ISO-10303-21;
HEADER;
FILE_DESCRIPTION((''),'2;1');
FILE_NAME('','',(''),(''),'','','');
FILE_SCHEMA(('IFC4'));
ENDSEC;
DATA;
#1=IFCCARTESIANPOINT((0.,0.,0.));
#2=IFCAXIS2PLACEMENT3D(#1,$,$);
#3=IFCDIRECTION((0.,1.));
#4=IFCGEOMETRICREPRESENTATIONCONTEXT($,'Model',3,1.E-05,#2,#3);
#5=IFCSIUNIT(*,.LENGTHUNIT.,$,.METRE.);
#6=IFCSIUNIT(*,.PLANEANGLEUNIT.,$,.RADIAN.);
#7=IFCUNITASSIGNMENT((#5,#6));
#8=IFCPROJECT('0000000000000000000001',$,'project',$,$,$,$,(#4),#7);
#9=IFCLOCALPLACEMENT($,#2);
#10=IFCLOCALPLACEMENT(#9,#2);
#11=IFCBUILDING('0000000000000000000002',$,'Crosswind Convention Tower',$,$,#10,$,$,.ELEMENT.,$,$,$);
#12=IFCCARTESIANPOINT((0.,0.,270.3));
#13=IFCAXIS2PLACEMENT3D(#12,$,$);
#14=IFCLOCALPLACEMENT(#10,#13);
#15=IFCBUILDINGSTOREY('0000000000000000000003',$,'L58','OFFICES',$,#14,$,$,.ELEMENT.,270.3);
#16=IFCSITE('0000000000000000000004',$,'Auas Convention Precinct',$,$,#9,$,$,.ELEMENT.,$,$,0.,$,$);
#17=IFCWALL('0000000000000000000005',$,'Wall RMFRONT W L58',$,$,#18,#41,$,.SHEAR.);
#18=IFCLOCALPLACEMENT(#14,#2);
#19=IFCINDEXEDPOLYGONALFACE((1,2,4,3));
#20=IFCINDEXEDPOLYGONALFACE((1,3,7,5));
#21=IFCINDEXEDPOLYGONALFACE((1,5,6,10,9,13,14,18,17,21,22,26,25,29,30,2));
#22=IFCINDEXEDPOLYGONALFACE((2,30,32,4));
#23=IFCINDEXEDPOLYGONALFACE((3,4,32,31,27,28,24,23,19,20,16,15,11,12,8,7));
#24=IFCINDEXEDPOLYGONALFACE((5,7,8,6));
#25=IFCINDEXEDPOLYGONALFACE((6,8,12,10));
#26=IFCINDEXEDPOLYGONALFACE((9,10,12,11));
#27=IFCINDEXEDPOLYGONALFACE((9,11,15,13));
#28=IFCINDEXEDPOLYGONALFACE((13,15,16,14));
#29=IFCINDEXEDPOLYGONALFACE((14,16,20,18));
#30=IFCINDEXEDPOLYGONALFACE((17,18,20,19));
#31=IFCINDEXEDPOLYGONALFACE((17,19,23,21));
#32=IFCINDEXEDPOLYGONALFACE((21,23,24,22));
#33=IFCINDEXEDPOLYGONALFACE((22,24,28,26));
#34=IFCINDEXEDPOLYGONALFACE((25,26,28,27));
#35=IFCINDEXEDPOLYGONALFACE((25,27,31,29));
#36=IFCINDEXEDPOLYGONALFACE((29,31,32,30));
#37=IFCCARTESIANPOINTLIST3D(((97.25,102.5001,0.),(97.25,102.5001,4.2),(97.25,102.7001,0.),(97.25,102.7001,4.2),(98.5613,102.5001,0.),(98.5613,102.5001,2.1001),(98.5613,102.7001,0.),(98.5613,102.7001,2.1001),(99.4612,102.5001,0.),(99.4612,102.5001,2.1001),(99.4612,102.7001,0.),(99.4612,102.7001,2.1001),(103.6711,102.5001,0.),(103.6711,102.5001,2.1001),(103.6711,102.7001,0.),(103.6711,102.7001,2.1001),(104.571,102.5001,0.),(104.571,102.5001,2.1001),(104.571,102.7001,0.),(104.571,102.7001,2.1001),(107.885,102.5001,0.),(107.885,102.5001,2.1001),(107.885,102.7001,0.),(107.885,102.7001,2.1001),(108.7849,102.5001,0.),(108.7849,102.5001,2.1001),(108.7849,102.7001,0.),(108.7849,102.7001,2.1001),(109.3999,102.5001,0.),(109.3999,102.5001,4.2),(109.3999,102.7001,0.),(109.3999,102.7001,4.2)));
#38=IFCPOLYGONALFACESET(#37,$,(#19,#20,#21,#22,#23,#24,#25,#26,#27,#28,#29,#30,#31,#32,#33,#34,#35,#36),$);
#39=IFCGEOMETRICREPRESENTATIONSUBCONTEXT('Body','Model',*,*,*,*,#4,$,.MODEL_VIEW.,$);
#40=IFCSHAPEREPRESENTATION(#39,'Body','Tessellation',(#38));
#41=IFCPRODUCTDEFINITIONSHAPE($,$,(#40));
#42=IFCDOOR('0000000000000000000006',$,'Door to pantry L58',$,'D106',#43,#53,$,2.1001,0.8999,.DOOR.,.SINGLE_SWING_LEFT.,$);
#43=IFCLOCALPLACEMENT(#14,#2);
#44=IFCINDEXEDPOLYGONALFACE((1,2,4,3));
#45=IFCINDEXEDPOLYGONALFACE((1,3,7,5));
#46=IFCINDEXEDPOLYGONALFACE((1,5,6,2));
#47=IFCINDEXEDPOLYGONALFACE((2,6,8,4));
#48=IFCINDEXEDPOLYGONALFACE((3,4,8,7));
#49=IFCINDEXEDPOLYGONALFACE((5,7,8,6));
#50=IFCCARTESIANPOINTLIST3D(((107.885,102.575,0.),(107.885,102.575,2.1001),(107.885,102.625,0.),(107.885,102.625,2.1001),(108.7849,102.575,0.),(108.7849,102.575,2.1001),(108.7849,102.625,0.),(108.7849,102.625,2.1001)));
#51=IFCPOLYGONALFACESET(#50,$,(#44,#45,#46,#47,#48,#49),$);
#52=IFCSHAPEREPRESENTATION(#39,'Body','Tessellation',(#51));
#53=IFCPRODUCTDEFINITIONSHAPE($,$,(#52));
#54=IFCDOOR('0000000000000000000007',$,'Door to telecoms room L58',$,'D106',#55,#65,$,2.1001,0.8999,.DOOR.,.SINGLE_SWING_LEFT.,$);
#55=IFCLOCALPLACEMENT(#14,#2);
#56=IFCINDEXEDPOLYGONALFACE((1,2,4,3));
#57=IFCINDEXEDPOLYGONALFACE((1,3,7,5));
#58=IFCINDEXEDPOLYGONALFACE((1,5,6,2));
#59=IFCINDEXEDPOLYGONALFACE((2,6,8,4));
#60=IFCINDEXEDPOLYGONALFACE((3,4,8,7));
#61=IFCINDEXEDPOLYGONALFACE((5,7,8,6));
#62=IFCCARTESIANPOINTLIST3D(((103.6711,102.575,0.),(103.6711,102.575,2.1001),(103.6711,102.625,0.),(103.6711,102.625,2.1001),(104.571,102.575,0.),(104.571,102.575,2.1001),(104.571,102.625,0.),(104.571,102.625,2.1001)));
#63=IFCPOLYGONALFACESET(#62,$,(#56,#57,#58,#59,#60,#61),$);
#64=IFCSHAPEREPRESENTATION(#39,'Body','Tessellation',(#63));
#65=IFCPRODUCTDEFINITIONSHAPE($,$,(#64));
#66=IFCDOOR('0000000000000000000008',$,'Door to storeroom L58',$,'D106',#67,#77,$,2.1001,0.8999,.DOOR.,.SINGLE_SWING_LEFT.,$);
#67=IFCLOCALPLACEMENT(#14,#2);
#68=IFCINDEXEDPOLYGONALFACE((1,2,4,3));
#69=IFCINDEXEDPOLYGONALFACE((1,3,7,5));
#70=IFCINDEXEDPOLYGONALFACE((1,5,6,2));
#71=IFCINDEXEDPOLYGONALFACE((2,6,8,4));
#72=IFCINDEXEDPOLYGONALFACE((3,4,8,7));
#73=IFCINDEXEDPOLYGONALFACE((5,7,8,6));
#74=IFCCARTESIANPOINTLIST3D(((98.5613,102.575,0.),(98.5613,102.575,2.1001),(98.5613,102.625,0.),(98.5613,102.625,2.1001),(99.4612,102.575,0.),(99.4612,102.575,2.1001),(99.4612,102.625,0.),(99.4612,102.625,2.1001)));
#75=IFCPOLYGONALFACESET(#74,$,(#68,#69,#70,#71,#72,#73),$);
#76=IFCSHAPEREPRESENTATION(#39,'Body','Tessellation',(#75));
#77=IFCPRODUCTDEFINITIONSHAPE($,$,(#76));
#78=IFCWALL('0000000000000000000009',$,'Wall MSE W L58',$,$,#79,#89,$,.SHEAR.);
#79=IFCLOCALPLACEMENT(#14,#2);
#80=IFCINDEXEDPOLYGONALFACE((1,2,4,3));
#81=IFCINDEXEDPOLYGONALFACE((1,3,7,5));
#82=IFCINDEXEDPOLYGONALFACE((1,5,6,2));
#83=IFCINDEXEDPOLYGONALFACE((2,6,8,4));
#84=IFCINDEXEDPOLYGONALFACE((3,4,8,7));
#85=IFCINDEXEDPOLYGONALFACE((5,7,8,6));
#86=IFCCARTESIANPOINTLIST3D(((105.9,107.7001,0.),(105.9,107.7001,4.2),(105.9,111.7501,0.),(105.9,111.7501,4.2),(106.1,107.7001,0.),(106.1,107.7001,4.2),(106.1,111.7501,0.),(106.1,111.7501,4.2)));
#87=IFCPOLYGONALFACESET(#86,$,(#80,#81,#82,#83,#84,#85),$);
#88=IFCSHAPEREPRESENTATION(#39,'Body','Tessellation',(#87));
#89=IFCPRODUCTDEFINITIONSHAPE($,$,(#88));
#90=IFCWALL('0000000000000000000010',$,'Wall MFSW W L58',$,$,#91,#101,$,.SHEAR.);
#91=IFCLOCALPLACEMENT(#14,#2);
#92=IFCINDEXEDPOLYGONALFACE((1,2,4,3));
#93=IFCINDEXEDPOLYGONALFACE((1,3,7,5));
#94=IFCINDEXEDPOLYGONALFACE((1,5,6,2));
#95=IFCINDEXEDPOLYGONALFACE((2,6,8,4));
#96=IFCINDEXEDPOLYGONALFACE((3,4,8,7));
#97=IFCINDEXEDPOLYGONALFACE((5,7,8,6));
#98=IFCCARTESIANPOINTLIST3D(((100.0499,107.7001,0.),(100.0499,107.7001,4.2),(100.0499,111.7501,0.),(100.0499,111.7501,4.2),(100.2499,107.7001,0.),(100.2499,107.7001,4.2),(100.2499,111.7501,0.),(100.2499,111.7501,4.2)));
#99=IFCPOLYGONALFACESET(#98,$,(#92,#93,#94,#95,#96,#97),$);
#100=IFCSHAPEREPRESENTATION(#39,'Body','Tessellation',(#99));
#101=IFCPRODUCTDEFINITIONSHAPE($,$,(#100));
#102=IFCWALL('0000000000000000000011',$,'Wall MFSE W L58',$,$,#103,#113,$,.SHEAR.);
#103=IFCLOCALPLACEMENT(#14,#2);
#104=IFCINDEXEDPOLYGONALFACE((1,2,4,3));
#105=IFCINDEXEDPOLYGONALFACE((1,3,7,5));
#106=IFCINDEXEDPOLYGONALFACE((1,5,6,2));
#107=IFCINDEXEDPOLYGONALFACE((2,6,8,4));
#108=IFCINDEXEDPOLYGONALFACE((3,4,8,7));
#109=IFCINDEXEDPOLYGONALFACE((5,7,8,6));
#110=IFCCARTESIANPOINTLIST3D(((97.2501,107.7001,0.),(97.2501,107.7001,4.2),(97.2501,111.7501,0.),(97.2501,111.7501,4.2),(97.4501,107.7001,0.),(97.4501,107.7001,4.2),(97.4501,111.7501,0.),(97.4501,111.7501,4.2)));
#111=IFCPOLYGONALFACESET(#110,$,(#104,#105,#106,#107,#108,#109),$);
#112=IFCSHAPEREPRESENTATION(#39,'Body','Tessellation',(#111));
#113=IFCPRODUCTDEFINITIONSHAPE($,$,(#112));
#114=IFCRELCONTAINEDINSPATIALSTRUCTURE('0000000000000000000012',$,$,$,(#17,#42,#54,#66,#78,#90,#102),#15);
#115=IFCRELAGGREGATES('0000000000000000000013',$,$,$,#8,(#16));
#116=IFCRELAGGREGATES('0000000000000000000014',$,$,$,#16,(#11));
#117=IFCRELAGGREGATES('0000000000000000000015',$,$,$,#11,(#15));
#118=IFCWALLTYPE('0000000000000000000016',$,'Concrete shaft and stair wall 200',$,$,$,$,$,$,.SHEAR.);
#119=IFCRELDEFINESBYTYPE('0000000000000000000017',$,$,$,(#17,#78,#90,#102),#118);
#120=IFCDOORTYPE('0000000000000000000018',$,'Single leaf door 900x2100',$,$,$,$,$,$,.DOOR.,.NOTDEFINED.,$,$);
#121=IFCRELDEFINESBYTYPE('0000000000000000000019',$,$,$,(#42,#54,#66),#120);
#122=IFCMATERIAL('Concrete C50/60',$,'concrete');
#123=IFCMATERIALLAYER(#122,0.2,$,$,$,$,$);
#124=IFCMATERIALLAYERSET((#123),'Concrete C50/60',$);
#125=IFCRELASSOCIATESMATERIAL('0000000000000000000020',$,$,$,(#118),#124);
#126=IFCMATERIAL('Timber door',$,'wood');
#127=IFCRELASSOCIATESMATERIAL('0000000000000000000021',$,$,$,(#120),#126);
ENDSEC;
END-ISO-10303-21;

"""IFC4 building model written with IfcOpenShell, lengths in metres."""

from ifc_helpers import new_model, si_unit, direction, frame, frame_2d, origin, place, context, subcontext, project, spatial, rectangle, extrude, material, layer, layer_set, type_object, element, fill, save


model = new_model("IFC4")

# Units and contexts
model_context = context("Model", 3, precision=1e-05, world=origin(), true_north=direction((0.0, 1.0)))
body_context = subcontext(model_context, "Body", "Model", "MODEL_VIEW")
ifc_project = project(units=[si_unit("LENGTHUNIT", "METRE"), si_unit("PLANEANGLEUNIT", "RADIAN")], contexts=[model_context])

# Site, building, storey
site_placement = place(None, origin())
site = spatial("IfcSite", under=ifc_project, at=site_placement, Name="Auas Convention Precinct", CompositionType="ELEMENT", RefElevation=0.0)
building_placement = place(site_placement, origin())
building = spatial("IfcBuilding", under=site, at=building_placement, Name="Crosswind Convention Tower", CompositionType="ELEMENT")
storey_placement = place(building_placement, frame((0.0, 0.0, 270.3)))
storey = spatial("IfcBuildingStorey", under=building, at=storey_placement, Name="L58", Description="OFFICES", CompositionType="ELEMENT", Elevation=270.3)

# Shared definitions
ifc_material_1 = material(Name="Concrete C50/60", Category="concrete")
ifc_layer_1 = layer(ifc_material_1, 0.2)
ifc_layer_set_1 = layer_set([ifc_layer_1], Name="Concrete C50/60")
wall_type_1 = type_object("IfcWallType", Name="Concrete shaft and stair wall 200", PredefinedType="SHEAR", material=ifc_layer_set_1)

# Wall, openings, doors
wall_1_placement = place(storey_placement, frame((109.3999, 102.6001, 0.0), z_axis=(0.0, 0.0, 1.0), x_axis=(-1.0, 0.0, 0.0)))
wall_1 = element("IfcWall", 1, at=wall_1_placement, inside=storey, type_object=wall_type_1, Name="Wall RMFRONT W L58", PredefinedType="SHEAR", context=body_context, shape_type="SweptSolid", body=[
    extrude(rectangle(XDim=12.1499, YDim=0.2, at=frame_2d((6.075, 0.0))), origin(), (0.0, 0.0, 1.0), 4.2),
])
opening_1_placement = place(wall_1_placement, frame((0.615, 0.0, 0.0)))
opening_1 = element("IfcOpeningElement", 2, at=opening_1_placement, cuts=wall_1, PredefinedType="OPENING", context=body_context, shape_type="SweptSolid", body=[
    extrude(rectangle(XDim=0.8999, YDim=2.1001, at=frame_2d((0.45, 1.05))), frame((0.0, 0.1099, 0.0), z_axis=(0.0, -1.0, 0.0), x_axis=(1.0, 0.0, 0.0)), (0.0, 0.0, 1.0), 0.22),
])
opening_2_placement = place(wall_1_placement, frame((4.8289, 0.0, 0.0)))
opening_2 = element("IfcOpeningElement", 3, at=opening_2_placement, cuts=wall_1, PredefinedType="OPENING", context=body_context, shape_type="SweptSolid", body=[
    extrude(rectangle(XDim=0.8999, YDim=2.1001, at=frame_2d((0.45, 1.05))), frame((0.0, 0.1099, 0.0), z_axis=(0.0, -1.0, 0.0), x_axis=(1.0, 0.0, 0.0)), (0.0, 0.0, 1.0), 0.22),
])
opening_3_placement = place(wall_1_placement, frame((9.9387, 0.0, 0.0)))
opening_3 = element("IfcOpeningElement", 4, at=opening_3_placement, cuts=wall_1, PredefinedType="OPENING", context=body_context, shape_type="SweptSolid", body=[
    extrude(rectangle(XDim=0.8999, YDim=2.1001, at=frame_2d((0.45, 1.05))), frame((0.0, 0.1099, 0.0), z_axis=(0.0, -1.0, 0.0), x_axis=(1.0, 0.0, 0.0)), (0.0, 0.0, 1.0), 0.22),
])
ifc_material_2 = material(Name="Timber door", Category="wood")
door_type_1 = type_object("IfcDoorType", Name="Single leaf door 900x2100", OperationType="NOTDEFINED", PredefinedType="DOOR", material=ifc_material_2)
door_1_placement = place(opening_1_placement, frame((0.8999, 0.0, 0.0), z_axis=(0.0, 0.0, 1.0), x_axis=(-1.0, 0.0, 0.0)))
door_1 = element("IfcDoor", 5, at=door_1_placement, inside=storey, type_object=door_type_1, Name="Door to pantry L58", ObjectType="D106", OperationType="SINGLE_SWING_LEFT", OverallHeight=2.1001, OverallWidth=0.8999, PredefinedType="DOOR", context=body_context, shape_type="SweptSolid", body=[
    extrude(rectangle(XDim=0.8999, YDim=2.1001, at=frame_2d((0.45, 1.05))), frame((0.0, 0.0249, 0.0), z_axis=(0.0, -1.0, 0.0), x_axis=(1.0, 0.0, 0.0)), (0.0, 0.0, 1.0), 0.05),
])
fill(opening_1, door_1)
door_2_placement = place(opening_2_placement, frame((0.8999, 0.0, 0.0), z_axis=(0.0, 0.0, 1.0), x_axis=(-1.0, 0.0, 0.0)))
door_2 = element("IfcDoor", 6, at=door_2_placement, inside=storey, type_object=door_type_1, Name="Door to telecoms room L58", ObjectType="D106", OperationType="SINGLE_SWING_LEFT", OverallHeight=2.1001, OverallWidth=0.8999, PredefinedType="DOOR", context=body_context, shape_type="SweptSolid", body=[
    extrude(rectangle(XDim=0.8999, YDim=2.1001, at=frame_2d((0.45, 1.05))), frame((0.0, 0.0249, 0.0), z_axis=(0.0, -1.0, 0.0), x_axis=(1.0, 0.0, 0.0)), (0.0, 0.0, 1.0), 0.05),
])
fill(opening_2, door_2)
door_3_placement = place(opening_3_placement, frame((0.8999, 0.0, 0.0), z_axis=(0.0, 0.0, 1.0), x_axis=(-1.0, 0.0, 0.0)))
door_3 = element("IfcDoor", 7, at=door_3_placement, inside=storey, type_object=door_type_1, Name="Door to storeroom L58", ObjectType="D106", OperationType="SINGLE_SWING_LEFT", OverallHeight=2.1001, OverallWidth=0.8999, PredefinedType="DOOR", context=body_context, shape_type="SweptSolid", body=[
    extrude(rectangle(XDim=0.8999, YDim=2.1001, at=frame_2d((0.45, 1.05))), frame((0.0, 0.0249, 0.0), z_axis=(0.0, -1.0, 0.0), x_axis=(1.0, 0.0, 0.0)), (0.0, 0.0, 1.0), 0.05),
])
fill(opening_3, door_3)

# Walls
for number, where, z_axis, x_axis, name in (
    (8, (106.0, 111.75, 0.0), (0.0, 0.0, 1.0), (0.0, -1.0, 0.0), "Wall MSE W L58"),
    (9, (100.1499, 111.75, 0.0), (0.0, 0.0, 1.0), (0.0, -1.0, 0.0), "Wall MFSW W L58"),
    (10, (97.3501, 111.75, 0.0), (0.0, 0.0, 1.0), (0.0, -1.0, 0.0), "Wall MFSE W L58"),
):
    element("IfcWall", number, at=place(storey_placement, frame(where, z_axis=z_axis, x_axis=x_axis)), inside=storey, type_object=wall_type_1, Name=name, PredefinedType="SHEAR", context=body_context, shape_type="SweptSolid", body=[
        extrude(rectangle(XDim=4.05, YDim=0.2, at=frame_2d((2.0249, 0.0))), origin(), (0.0, 0.0, 1.0), 4.2),
    ])

save(model, "model.ifc")
